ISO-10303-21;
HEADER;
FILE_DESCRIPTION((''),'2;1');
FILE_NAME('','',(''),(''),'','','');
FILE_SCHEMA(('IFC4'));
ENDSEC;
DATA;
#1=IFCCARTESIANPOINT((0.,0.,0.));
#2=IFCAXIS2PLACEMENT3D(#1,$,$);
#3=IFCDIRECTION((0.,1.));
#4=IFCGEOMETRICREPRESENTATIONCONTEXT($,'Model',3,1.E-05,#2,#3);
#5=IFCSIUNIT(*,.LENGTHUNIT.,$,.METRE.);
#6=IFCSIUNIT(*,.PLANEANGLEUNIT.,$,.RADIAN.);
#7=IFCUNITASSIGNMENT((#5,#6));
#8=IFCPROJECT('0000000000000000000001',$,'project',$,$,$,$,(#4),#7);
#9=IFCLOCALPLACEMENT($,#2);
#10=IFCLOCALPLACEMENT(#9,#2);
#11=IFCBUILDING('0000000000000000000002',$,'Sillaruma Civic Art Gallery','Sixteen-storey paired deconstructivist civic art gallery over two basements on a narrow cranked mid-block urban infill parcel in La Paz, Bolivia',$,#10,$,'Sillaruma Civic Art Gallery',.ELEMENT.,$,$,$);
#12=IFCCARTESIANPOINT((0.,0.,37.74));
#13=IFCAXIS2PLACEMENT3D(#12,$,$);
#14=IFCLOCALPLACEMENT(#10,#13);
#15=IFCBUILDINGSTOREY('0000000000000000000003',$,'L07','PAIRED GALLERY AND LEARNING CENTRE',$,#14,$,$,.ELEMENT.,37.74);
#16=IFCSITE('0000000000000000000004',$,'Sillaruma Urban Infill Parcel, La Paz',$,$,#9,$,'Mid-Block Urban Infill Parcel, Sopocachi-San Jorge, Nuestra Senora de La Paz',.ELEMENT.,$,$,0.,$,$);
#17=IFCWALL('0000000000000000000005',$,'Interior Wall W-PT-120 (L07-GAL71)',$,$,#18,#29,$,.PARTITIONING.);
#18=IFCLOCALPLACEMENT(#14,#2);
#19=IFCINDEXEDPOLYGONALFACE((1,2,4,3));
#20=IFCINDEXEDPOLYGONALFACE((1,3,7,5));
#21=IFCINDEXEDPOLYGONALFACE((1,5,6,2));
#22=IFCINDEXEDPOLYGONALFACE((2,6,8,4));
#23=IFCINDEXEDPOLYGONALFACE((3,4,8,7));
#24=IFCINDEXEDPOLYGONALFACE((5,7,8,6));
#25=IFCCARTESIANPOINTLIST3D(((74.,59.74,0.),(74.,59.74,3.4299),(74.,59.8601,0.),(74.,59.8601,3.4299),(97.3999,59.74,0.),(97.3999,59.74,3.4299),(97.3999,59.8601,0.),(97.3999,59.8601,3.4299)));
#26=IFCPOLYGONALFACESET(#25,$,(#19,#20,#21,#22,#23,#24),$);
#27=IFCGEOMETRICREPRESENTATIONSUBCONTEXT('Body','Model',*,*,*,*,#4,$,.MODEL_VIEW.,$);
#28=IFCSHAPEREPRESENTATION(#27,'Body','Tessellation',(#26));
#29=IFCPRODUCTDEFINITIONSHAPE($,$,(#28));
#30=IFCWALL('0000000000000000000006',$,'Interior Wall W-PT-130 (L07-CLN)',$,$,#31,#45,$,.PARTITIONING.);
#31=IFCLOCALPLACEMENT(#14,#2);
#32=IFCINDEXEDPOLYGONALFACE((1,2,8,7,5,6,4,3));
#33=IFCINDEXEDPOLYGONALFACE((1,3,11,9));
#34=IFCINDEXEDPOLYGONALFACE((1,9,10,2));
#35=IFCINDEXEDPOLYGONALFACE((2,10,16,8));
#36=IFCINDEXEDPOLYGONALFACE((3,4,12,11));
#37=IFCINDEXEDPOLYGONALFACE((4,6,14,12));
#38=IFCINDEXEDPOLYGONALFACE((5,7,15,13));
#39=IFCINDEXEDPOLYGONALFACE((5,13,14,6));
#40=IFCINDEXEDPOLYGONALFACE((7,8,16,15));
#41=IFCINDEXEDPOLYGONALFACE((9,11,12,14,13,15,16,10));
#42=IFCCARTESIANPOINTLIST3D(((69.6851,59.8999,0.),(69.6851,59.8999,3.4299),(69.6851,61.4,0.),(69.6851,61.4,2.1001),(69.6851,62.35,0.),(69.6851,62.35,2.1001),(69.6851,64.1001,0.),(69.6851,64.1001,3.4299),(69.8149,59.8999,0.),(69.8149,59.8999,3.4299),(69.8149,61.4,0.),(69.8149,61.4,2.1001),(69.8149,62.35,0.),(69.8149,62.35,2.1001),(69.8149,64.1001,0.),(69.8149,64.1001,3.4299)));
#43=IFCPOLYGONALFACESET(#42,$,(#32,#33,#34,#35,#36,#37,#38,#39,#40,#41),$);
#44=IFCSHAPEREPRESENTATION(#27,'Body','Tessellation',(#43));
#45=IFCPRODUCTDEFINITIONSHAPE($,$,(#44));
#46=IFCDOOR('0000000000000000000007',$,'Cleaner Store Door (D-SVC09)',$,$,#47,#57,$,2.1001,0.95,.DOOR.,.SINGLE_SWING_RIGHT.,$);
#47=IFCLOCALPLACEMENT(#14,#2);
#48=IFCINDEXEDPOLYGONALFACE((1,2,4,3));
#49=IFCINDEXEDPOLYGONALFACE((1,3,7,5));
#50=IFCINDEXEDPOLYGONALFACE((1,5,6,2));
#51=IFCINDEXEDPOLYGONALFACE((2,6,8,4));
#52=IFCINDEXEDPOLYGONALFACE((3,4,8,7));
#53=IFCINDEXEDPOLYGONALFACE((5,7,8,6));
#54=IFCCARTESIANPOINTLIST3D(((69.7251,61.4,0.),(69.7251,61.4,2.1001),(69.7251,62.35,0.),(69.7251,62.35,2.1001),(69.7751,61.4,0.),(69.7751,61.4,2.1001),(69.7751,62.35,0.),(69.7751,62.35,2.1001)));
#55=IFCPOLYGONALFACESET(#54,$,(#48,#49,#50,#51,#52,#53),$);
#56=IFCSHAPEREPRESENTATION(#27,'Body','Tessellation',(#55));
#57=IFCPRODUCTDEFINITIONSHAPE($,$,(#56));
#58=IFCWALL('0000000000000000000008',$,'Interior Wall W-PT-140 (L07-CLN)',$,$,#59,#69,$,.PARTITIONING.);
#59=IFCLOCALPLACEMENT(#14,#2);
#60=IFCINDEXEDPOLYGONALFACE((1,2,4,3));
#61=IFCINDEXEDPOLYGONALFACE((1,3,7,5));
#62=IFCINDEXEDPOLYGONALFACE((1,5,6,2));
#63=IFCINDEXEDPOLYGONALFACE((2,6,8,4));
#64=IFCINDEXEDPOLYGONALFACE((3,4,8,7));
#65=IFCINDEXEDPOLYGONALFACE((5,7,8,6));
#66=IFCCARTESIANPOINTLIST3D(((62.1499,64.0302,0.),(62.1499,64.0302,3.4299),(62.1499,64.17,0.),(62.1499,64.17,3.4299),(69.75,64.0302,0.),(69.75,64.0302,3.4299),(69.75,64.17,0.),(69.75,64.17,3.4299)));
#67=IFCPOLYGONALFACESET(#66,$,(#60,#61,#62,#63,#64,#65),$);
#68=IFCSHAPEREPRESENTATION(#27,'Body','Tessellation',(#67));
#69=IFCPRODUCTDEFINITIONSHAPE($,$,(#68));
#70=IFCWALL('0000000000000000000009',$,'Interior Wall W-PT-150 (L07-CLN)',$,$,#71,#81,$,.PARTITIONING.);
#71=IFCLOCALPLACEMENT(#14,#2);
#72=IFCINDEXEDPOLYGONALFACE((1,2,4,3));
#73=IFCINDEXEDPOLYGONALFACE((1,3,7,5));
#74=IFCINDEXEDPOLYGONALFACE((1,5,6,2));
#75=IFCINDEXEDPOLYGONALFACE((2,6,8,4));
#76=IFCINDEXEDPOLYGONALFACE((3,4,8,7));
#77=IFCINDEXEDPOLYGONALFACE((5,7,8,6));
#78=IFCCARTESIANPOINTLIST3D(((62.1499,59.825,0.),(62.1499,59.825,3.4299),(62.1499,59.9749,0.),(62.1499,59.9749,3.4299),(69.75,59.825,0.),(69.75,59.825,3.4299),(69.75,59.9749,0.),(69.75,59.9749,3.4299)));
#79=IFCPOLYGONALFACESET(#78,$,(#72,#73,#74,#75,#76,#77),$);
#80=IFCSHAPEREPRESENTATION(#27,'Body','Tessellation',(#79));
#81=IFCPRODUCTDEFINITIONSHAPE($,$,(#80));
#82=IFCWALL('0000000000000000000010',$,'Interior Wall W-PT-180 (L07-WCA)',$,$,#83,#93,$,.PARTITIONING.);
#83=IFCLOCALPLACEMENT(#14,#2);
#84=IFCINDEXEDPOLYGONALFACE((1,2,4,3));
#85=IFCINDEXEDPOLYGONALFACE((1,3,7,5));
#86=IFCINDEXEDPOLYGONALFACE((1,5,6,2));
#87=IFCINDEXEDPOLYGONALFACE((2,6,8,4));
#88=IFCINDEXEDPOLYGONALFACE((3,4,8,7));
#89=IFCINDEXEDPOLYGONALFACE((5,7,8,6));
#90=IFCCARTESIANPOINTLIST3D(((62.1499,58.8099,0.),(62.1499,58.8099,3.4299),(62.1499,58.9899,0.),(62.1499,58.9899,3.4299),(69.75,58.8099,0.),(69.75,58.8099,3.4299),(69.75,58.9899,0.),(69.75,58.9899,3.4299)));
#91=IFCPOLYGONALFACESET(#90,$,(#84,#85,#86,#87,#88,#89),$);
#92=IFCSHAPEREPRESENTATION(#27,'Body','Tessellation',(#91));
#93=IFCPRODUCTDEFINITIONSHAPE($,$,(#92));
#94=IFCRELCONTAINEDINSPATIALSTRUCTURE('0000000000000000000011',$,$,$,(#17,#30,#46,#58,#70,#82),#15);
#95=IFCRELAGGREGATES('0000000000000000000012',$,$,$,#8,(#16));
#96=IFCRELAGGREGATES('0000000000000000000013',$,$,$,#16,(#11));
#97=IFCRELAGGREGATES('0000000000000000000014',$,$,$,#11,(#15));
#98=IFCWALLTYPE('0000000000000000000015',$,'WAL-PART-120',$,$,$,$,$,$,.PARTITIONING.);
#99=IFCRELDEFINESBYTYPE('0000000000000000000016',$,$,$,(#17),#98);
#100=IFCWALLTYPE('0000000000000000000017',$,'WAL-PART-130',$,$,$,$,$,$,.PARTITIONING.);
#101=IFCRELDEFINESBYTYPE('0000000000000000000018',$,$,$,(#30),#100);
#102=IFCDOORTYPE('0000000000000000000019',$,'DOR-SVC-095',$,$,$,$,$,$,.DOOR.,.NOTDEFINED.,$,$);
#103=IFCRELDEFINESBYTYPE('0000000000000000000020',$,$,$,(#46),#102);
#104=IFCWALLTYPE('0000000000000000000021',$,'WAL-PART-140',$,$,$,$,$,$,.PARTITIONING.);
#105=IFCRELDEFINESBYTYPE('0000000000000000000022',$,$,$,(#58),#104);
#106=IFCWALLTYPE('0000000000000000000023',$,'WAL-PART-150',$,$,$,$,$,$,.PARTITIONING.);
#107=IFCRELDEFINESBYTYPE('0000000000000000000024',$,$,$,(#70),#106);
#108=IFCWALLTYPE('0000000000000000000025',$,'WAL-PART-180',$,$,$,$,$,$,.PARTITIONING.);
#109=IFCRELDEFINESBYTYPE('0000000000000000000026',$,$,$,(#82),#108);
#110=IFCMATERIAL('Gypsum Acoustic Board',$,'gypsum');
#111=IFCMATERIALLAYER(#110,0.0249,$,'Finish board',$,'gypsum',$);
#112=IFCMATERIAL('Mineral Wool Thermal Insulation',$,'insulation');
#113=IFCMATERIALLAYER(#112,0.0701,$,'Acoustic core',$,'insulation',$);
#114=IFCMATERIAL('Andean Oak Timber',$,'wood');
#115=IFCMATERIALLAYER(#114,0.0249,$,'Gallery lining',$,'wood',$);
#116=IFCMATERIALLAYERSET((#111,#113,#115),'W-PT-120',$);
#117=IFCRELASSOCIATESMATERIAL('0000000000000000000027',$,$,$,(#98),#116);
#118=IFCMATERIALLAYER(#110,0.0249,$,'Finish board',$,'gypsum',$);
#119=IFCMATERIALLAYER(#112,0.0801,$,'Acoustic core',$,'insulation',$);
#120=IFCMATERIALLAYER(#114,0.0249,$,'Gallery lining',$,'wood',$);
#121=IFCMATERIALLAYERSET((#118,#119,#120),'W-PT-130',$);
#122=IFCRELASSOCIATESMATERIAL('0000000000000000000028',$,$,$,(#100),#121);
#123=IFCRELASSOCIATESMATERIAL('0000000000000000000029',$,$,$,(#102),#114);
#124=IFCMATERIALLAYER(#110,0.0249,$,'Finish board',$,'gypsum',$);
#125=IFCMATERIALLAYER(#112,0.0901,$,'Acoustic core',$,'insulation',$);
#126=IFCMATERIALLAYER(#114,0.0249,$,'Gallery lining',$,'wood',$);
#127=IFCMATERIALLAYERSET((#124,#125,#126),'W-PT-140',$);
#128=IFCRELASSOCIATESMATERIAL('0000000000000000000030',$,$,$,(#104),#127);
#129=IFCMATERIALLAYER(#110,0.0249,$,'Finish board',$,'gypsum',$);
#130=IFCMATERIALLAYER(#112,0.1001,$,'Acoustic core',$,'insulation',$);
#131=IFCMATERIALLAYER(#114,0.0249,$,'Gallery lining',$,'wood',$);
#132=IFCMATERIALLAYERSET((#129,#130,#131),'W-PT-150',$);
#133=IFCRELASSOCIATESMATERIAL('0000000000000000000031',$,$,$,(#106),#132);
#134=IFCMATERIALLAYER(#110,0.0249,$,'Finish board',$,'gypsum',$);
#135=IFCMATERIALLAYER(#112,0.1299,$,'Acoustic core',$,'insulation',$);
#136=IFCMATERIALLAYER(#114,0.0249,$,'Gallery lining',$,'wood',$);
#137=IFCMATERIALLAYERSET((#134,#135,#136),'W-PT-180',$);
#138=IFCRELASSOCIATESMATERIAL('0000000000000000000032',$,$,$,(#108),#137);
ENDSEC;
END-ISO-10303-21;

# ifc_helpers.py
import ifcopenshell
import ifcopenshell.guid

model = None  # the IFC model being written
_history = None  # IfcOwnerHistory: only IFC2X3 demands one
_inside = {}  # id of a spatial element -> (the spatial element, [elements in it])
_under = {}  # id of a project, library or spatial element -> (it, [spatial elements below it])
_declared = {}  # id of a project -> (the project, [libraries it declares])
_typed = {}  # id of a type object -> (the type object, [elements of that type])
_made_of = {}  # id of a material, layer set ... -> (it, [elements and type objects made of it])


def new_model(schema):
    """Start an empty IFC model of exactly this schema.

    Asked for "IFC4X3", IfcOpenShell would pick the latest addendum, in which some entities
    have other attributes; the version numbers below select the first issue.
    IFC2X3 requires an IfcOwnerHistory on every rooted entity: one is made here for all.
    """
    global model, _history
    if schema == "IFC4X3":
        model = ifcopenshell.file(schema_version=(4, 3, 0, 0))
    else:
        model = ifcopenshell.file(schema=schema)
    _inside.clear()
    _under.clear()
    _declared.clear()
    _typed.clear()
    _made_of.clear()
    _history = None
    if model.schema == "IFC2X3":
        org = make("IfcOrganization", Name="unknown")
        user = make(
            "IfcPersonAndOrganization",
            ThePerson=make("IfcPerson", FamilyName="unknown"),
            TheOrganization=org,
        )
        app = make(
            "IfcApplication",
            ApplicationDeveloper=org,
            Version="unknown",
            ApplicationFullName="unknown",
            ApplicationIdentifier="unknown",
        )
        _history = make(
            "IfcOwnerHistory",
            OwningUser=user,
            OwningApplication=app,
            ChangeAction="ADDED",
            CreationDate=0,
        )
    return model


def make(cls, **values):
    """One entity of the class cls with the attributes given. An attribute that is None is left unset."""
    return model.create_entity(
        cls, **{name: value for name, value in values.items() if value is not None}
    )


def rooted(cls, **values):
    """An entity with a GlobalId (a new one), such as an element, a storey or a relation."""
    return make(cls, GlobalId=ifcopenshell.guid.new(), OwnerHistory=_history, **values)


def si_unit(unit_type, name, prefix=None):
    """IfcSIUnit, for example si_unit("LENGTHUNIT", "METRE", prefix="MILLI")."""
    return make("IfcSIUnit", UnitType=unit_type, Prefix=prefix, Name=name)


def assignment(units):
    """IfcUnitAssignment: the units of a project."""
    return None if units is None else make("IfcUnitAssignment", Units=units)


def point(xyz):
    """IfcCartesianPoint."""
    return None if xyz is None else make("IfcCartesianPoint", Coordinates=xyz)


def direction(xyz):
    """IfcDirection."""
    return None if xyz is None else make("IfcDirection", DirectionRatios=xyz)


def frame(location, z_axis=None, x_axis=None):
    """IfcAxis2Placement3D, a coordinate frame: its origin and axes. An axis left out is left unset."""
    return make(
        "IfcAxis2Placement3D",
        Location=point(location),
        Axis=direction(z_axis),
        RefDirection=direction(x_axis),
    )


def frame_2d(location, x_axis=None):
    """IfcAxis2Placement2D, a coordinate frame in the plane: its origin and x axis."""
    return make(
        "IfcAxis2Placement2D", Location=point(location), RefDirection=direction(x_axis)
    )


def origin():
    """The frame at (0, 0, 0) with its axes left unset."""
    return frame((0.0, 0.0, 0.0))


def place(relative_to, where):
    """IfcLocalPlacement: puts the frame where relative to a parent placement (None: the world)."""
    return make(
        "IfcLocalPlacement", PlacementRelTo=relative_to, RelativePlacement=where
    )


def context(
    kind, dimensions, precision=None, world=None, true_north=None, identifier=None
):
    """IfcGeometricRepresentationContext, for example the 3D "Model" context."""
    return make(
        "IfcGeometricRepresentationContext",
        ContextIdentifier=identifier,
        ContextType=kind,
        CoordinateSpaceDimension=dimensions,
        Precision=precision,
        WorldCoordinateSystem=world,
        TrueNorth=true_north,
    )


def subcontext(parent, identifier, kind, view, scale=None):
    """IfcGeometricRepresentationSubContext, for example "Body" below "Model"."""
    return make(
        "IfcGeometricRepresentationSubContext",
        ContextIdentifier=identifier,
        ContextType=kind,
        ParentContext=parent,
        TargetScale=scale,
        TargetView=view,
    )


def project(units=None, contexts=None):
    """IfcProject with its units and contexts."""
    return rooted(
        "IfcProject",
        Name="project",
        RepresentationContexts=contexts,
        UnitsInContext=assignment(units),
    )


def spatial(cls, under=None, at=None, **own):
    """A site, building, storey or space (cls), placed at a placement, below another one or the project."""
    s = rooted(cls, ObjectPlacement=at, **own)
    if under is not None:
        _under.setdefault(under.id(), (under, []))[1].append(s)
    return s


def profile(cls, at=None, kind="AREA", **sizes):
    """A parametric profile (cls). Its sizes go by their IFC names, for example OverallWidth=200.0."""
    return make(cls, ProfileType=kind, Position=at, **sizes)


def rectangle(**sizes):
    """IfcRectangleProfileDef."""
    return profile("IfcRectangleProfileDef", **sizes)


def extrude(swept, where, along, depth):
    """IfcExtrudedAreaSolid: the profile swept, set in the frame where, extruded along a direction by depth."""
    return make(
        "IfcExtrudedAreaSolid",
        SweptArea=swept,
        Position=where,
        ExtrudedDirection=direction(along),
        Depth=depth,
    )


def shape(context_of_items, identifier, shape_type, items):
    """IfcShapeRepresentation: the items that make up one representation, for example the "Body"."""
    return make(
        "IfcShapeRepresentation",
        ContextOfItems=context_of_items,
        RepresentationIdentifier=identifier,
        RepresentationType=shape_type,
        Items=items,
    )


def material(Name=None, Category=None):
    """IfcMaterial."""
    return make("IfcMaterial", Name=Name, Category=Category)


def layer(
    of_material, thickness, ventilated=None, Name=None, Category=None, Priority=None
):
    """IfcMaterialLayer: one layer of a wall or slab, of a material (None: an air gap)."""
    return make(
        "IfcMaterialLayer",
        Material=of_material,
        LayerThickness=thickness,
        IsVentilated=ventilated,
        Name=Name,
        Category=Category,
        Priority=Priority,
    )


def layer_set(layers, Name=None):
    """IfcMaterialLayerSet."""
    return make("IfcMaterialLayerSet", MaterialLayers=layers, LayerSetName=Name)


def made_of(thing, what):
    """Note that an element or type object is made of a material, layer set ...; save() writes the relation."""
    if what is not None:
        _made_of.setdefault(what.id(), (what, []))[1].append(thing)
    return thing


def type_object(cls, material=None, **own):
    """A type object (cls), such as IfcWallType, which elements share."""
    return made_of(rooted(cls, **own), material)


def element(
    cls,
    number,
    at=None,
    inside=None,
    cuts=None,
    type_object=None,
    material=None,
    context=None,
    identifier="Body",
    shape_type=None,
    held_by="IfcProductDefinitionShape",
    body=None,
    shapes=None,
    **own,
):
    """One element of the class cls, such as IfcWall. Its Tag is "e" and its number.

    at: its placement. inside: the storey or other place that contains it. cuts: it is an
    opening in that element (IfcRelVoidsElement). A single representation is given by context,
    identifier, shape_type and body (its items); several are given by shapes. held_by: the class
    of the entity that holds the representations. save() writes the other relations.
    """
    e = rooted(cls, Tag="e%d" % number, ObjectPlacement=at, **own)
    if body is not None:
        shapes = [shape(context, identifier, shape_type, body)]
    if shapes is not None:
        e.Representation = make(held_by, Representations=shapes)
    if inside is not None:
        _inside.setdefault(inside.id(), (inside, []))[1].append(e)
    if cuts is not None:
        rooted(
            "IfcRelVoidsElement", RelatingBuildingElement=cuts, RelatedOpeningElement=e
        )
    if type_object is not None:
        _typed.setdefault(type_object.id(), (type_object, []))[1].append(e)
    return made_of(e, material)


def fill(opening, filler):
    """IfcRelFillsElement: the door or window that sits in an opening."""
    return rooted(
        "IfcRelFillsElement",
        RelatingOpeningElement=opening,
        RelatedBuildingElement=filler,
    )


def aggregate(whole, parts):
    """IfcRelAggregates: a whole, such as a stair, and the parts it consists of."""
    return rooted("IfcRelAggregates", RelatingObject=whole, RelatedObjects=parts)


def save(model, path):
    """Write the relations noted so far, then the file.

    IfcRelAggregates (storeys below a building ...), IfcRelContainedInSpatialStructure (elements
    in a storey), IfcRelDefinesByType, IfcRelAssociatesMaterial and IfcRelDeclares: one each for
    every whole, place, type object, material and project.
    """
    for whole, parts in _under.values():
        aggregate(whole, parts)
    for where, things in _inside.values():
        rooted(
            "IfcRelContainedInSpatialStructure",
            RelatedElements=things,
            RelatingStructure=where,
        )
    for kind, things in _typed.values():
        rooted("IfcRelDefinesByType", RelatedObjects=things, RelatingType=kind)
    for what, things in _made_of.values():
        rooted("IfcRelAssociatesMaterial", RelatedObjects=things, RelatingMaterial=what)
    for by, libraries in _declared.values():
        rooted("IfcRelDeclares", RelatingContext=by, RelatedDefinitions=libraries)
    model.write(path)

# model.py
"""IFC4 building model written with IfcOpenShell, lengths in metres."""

from ifc_helpers import new_model, si_unit, direction, frame, frame_2d, origin, place, context, subcontext, project, spatial, rectangle, extrude, material, layer, layer_set, type_object, element, fill, save


model = new_model("IFC4")

# Units and contexts
model_context = context("Model", 3, precision=1e-05, world=origin(), true_north=direction((0.0, 1.0)))
body_context = subcontext(model_context, "Body", "Model", "MODEL_VIEW")
ifc_project = project(units=[si_unit("LENGTHUNIT", "METRE"), si_unit("PLANEANGLEUNIT", "RADIAN")], contexts=[model_context])

# Site, building, storey
site_placement = place(None, origin())
site = spatial("IfcSite", under=ifc_project, at=site_placement, Name="Sillaruma Urban Infill Parcel, La Paz", LongName="Mid-Block Urban Infill Parcel, Sopocachi-San Jorge, Nuestra Senora de La Paz", CompositionType="ELEMENT", RefElevation=0.0)
building_placement = place(site_placement, origin())
building = spatial("IfcBuilding", under=site, at=building_placement, Name="Sillaruma Civic Art Gallery", Description="Sixteen-storey paired deconstructivist civic art gallery over two basements on a narrow cranked mid-block urban infill parcel in La Paz, Bolivia", LongName="Sillaruma Civic Art Gallery", CompositionType="ELEMENT")
storey_placement = place(building_placement, frame((0.0, 0.0, 37.74)))
storey = spatial("IfcBuildingStorey", under=building, at=storey_placement, Name="L07", Description="PAIRED GALLERY AND LEARNING CENTRE", CompositionType="ELEMENT", Elevation=37.74)

# Shared definitions
ifc_material_1 = material(Name="Gypsum Acoustic Board", Category="gypsum")
ifc_material_2 = material(Name="Mineral Wool Thermal Insulation", Category="insulation")
ifc_material_3 = material(Name="Andean Oak Timber", Category="wood")

# Wall
ifc_layer_1 = layer(ifc_material_1, 0.0249, Name="Finish board", Category="gypsum")
ifc_layer_2 = layer(ifc_material_2, 0.0701, Name="Acoustic core", Category="insulation")
ifc_layer_3 = layer(ifc_material_3, 0.0249, Name="Gallery lining", Category="wood")
ifc_layer_set_1 = layer_set([ifc_layer_1, ifc_layer_2, ifc_layer_3], Name="W-PT-120")
wall_type_1 = type_object("IfcWallType", Name="WAL-PART-120", PredefinedType="PARTITIONING", material=ifc_layer_set_1)
wall_1_placement = place(storey_placement, frame((74.0, 59.8, 0.0), z_axis=(0.0, 0.0, 1.0), x_axis=(1.0, 0.0, 0.0)))
element("IfcWall", 1, at=wall_1_placement, inside=storey, type_object=wall_type_1, Name="Interior Wall W-PT-120 (L07-GAL71)", PredefinedType="PARTITIONING", context=body_context, shape_type="SweptSolid", body=[
    extrude(rectangle(XDim=23.3999, YDim=0.1201, at=frame_2d((11.7, 0.0))), origin(), (0.0, 0.0, 1.0), 3.4299),
])

# Wall, opening, door
ifc_layer_4 = layer(ifc_material_1, 0.0249, Name="Finish board", Category="gypsum")
ifc_layer_5 = layer(ifc_material_2, 0.0801, Name="Acoustic core", Category="insulation")
ifc_layer_6 = layer(ifc_material_3, 0.0249, Name="Gallery lining", Category="wood")
ifc_layer_set_2 = layer_set([ifc_layer_4, ifc_layer_5, ifc_layer_6], Name="W-PT-130")
wall_type_2 = type_object("IfcWallType", Name="WAL-PART-130", PredefinedType="PARTITIONING", material=ifc_layer_set_2)
wall_2_placement = place(storey_placement, frame((69.75, 59.8999, 0.0), z_axis=(0.0, 0.0, 1.0), x_axis=(0.0, 1.0, 0.0)))
wall_2 = element("IfcWall", 2, at=wall_2_placement, inside=storey, type_object=wall_type_2, Name="Interior Wall W-PT-130 (L07-CLN)", PredefinedType="PARTITIONING", context=body_context, shape_type="SweptSolid", body=[
    extrude(rectangle(XDim=4.2002, YDim=0.1299, at=frame_2d((2.1001, 0.0))), origin(), (0.0, 0.0, 1.0), 3.4299),
])
opening_1_placement = place(wall_2_placement, frame((1.5, 0.0, 0.0)))
opening_1 = element("IfcOpeningElement", 3, at=opening_1_placement, cuts=wall_2, PredefinedType="OPENING", context=body_context, shape_type="SweptSolid", body=[
    extrude(rectangle(XDim=0.95, YDim=2.1001, at=frame_2d((0.4751, 1.05))), frame((0.0, 0.075, 0.0), z_axis=(0.0, -1.0, 0.0), x_axis=(1.0, 0.0, 0.0)), (0.0, 0.0, 1.0), 0.1499),
])
door_type_1 = type_object("IfcDoorType", Name="DOR-SVC-095", OperationType="NOTDEFINED", PredefinedType="DOOR", material=ifc_material_3)
door_1_placement = place(opening_1_placement, origin())
door_1 = element("IfcDoor", 4, at=door_1_placement, inside=storey, type_object=door_type_1, Name="Cleaner Store Door (D-SVC09)", OperationType="SINGLE_SWING_RIGHT", OverallHeight=2.1001, OverallWidth=0.95, PredefinedType="DOOR", context=body_context, shape_type="SweptSolid", body=[
    extrude(rectangle(XDim=0.95, YDim=2.1001, at=frame_2d((0.4751, 1.05))), frame((0.0, 0.0249, 0.0), z_axis=(0.0, -1.0, 0.0), x_axis=(1.0, 0.0, 0.0)), (0.0, 0.0, 1.0), 0.05),
])
fill(opening_1, door_1)

# Walls
ifc_layer_7 = layer(ifc_material_1, 0.0249, Name="Finish board", Category="gypsum")
ifc_layer_8 = layer(ifc_material_2, 0.0901, Name="Acoustic core", Category="insulation")
ifc_layer_9 = layer(ifc_material_3, 0.0249, Name="Gallery lining", Category="wood")
ifc_layer_set_3 = layer_set([ifc_layer_7, ifc_layer_8, ifc_layer_9], Name="W-PT-140")
wall_type_3 = type_object("IfcWallType", Name="WAL-PART-140", PredefinedType="PARTITIONING", material=ifc_layer_set_3)
wall_3_placement = place(storey_placement, frame((62.1499, 64.1001, 0.0), z_axis=(0.0, 0.0, 1.0), x_axis=(1.0, 0.0, 0.0)))
element("IfcWall", 5, at=wall_3_placement, inside=storey, type_object=wall_type_3, Name="Interior Wall W-PT-140 (L07-CLN)", PredefinedType="PARTITIONING", context=body_context, shape_type="SweptSolid", body=[
    extrude(rectangle(XDim=7.6001, YDim=0.1399, at=frame_2d((3.8, 0.0))), origin(), (0.0, 0.0, 1.0), 3.4299),
])
ifc_layer_10 = layer(ifc_material_1, 0.0249, Name="Finish board", Category="gypsum")
ifc_layer_11 = layer(ifc_material_2, 0.1001, Name="Acoustic core", Category="insulation")
ifc_layer_12 = layer(ifc_material_3, 0.0249, Name="Gallery lining", Category="wood")
ifc_layer_set_4 = layer_set([ifc_layer_10, ifc_layer_11, ifc_layer_12], Name="W-PT-150")
wall_type_4 = type_object("IfcWallType", Name="WAL-PART-150", PredefinedType="PARTITIONING", material=ifc_layer_set_4)
wall_4_placement = place(storey_placement, frame((62.1499, 59.8999, 0.0), z_axis=(0.0, 0.0, 1.0), x_axis=(1.0, 0.0, 0.0)))
element("IfcWall", 6, at=wall_4_placement, inside=storey, type_object=wall_type_4, Name="Interior Wall W-PT-150 (L07-CLN)", PredefinedType="PARTITIONING", context=body_context, shape_type="SweptSolid", body=[
    extrude(rectangle(XDim=7.6001, YDim=0.1499, at=frame_2d((3.8, 0.0))), origin(), (0.0, 0.0, 1.0), 3.4299),
])

# Wall
ifc_layer_13 = layer(ifc_material_1, 0.0249, Name="Finish board", Category="gypsum")
ifc_layer_14 = layer(ifc_material_2, 0.1299, Name="Acoustic core", Category="insulation")
ifc_layer_15 = layer(ifc_material_3, 0.0249, Name="Gallery lining", Category="wood")
ifc_layer_set_5 = layer_set([ifc_layer_13, ifc_layer_14, ifc_layer_15], Name="W-PT-180")
wall_type_5 = type_object("IfcWallType", Name="WAL-PART-180", PredefinedType="PARTITIONING", material=ifc_layer_set_5)
wall_5_placement = place(storey_placement, frame((62.1499, 58.8999, 0.0), z_axis=(0.0, 0.0, 1.0), x_axis=(1.0, 0.0, 0.0)))
element("IfcWall", 7, at=wall_5_placement, inside=storey, type_object=wall_type_5, Name="Interior Wall W-PT-180 (L07-WCA)", PredefinedType="PARTITIONING", context=body_context, shape_type="SweptSolid", body=[
    extrude(rectangle(XDim=7.6001, YDim=0.1799, at=frame_2d((3.8, 0.0))), origin(), (0.0, 0.0, 1.0), 3.4299),
])

save(model, "model.ifc")
